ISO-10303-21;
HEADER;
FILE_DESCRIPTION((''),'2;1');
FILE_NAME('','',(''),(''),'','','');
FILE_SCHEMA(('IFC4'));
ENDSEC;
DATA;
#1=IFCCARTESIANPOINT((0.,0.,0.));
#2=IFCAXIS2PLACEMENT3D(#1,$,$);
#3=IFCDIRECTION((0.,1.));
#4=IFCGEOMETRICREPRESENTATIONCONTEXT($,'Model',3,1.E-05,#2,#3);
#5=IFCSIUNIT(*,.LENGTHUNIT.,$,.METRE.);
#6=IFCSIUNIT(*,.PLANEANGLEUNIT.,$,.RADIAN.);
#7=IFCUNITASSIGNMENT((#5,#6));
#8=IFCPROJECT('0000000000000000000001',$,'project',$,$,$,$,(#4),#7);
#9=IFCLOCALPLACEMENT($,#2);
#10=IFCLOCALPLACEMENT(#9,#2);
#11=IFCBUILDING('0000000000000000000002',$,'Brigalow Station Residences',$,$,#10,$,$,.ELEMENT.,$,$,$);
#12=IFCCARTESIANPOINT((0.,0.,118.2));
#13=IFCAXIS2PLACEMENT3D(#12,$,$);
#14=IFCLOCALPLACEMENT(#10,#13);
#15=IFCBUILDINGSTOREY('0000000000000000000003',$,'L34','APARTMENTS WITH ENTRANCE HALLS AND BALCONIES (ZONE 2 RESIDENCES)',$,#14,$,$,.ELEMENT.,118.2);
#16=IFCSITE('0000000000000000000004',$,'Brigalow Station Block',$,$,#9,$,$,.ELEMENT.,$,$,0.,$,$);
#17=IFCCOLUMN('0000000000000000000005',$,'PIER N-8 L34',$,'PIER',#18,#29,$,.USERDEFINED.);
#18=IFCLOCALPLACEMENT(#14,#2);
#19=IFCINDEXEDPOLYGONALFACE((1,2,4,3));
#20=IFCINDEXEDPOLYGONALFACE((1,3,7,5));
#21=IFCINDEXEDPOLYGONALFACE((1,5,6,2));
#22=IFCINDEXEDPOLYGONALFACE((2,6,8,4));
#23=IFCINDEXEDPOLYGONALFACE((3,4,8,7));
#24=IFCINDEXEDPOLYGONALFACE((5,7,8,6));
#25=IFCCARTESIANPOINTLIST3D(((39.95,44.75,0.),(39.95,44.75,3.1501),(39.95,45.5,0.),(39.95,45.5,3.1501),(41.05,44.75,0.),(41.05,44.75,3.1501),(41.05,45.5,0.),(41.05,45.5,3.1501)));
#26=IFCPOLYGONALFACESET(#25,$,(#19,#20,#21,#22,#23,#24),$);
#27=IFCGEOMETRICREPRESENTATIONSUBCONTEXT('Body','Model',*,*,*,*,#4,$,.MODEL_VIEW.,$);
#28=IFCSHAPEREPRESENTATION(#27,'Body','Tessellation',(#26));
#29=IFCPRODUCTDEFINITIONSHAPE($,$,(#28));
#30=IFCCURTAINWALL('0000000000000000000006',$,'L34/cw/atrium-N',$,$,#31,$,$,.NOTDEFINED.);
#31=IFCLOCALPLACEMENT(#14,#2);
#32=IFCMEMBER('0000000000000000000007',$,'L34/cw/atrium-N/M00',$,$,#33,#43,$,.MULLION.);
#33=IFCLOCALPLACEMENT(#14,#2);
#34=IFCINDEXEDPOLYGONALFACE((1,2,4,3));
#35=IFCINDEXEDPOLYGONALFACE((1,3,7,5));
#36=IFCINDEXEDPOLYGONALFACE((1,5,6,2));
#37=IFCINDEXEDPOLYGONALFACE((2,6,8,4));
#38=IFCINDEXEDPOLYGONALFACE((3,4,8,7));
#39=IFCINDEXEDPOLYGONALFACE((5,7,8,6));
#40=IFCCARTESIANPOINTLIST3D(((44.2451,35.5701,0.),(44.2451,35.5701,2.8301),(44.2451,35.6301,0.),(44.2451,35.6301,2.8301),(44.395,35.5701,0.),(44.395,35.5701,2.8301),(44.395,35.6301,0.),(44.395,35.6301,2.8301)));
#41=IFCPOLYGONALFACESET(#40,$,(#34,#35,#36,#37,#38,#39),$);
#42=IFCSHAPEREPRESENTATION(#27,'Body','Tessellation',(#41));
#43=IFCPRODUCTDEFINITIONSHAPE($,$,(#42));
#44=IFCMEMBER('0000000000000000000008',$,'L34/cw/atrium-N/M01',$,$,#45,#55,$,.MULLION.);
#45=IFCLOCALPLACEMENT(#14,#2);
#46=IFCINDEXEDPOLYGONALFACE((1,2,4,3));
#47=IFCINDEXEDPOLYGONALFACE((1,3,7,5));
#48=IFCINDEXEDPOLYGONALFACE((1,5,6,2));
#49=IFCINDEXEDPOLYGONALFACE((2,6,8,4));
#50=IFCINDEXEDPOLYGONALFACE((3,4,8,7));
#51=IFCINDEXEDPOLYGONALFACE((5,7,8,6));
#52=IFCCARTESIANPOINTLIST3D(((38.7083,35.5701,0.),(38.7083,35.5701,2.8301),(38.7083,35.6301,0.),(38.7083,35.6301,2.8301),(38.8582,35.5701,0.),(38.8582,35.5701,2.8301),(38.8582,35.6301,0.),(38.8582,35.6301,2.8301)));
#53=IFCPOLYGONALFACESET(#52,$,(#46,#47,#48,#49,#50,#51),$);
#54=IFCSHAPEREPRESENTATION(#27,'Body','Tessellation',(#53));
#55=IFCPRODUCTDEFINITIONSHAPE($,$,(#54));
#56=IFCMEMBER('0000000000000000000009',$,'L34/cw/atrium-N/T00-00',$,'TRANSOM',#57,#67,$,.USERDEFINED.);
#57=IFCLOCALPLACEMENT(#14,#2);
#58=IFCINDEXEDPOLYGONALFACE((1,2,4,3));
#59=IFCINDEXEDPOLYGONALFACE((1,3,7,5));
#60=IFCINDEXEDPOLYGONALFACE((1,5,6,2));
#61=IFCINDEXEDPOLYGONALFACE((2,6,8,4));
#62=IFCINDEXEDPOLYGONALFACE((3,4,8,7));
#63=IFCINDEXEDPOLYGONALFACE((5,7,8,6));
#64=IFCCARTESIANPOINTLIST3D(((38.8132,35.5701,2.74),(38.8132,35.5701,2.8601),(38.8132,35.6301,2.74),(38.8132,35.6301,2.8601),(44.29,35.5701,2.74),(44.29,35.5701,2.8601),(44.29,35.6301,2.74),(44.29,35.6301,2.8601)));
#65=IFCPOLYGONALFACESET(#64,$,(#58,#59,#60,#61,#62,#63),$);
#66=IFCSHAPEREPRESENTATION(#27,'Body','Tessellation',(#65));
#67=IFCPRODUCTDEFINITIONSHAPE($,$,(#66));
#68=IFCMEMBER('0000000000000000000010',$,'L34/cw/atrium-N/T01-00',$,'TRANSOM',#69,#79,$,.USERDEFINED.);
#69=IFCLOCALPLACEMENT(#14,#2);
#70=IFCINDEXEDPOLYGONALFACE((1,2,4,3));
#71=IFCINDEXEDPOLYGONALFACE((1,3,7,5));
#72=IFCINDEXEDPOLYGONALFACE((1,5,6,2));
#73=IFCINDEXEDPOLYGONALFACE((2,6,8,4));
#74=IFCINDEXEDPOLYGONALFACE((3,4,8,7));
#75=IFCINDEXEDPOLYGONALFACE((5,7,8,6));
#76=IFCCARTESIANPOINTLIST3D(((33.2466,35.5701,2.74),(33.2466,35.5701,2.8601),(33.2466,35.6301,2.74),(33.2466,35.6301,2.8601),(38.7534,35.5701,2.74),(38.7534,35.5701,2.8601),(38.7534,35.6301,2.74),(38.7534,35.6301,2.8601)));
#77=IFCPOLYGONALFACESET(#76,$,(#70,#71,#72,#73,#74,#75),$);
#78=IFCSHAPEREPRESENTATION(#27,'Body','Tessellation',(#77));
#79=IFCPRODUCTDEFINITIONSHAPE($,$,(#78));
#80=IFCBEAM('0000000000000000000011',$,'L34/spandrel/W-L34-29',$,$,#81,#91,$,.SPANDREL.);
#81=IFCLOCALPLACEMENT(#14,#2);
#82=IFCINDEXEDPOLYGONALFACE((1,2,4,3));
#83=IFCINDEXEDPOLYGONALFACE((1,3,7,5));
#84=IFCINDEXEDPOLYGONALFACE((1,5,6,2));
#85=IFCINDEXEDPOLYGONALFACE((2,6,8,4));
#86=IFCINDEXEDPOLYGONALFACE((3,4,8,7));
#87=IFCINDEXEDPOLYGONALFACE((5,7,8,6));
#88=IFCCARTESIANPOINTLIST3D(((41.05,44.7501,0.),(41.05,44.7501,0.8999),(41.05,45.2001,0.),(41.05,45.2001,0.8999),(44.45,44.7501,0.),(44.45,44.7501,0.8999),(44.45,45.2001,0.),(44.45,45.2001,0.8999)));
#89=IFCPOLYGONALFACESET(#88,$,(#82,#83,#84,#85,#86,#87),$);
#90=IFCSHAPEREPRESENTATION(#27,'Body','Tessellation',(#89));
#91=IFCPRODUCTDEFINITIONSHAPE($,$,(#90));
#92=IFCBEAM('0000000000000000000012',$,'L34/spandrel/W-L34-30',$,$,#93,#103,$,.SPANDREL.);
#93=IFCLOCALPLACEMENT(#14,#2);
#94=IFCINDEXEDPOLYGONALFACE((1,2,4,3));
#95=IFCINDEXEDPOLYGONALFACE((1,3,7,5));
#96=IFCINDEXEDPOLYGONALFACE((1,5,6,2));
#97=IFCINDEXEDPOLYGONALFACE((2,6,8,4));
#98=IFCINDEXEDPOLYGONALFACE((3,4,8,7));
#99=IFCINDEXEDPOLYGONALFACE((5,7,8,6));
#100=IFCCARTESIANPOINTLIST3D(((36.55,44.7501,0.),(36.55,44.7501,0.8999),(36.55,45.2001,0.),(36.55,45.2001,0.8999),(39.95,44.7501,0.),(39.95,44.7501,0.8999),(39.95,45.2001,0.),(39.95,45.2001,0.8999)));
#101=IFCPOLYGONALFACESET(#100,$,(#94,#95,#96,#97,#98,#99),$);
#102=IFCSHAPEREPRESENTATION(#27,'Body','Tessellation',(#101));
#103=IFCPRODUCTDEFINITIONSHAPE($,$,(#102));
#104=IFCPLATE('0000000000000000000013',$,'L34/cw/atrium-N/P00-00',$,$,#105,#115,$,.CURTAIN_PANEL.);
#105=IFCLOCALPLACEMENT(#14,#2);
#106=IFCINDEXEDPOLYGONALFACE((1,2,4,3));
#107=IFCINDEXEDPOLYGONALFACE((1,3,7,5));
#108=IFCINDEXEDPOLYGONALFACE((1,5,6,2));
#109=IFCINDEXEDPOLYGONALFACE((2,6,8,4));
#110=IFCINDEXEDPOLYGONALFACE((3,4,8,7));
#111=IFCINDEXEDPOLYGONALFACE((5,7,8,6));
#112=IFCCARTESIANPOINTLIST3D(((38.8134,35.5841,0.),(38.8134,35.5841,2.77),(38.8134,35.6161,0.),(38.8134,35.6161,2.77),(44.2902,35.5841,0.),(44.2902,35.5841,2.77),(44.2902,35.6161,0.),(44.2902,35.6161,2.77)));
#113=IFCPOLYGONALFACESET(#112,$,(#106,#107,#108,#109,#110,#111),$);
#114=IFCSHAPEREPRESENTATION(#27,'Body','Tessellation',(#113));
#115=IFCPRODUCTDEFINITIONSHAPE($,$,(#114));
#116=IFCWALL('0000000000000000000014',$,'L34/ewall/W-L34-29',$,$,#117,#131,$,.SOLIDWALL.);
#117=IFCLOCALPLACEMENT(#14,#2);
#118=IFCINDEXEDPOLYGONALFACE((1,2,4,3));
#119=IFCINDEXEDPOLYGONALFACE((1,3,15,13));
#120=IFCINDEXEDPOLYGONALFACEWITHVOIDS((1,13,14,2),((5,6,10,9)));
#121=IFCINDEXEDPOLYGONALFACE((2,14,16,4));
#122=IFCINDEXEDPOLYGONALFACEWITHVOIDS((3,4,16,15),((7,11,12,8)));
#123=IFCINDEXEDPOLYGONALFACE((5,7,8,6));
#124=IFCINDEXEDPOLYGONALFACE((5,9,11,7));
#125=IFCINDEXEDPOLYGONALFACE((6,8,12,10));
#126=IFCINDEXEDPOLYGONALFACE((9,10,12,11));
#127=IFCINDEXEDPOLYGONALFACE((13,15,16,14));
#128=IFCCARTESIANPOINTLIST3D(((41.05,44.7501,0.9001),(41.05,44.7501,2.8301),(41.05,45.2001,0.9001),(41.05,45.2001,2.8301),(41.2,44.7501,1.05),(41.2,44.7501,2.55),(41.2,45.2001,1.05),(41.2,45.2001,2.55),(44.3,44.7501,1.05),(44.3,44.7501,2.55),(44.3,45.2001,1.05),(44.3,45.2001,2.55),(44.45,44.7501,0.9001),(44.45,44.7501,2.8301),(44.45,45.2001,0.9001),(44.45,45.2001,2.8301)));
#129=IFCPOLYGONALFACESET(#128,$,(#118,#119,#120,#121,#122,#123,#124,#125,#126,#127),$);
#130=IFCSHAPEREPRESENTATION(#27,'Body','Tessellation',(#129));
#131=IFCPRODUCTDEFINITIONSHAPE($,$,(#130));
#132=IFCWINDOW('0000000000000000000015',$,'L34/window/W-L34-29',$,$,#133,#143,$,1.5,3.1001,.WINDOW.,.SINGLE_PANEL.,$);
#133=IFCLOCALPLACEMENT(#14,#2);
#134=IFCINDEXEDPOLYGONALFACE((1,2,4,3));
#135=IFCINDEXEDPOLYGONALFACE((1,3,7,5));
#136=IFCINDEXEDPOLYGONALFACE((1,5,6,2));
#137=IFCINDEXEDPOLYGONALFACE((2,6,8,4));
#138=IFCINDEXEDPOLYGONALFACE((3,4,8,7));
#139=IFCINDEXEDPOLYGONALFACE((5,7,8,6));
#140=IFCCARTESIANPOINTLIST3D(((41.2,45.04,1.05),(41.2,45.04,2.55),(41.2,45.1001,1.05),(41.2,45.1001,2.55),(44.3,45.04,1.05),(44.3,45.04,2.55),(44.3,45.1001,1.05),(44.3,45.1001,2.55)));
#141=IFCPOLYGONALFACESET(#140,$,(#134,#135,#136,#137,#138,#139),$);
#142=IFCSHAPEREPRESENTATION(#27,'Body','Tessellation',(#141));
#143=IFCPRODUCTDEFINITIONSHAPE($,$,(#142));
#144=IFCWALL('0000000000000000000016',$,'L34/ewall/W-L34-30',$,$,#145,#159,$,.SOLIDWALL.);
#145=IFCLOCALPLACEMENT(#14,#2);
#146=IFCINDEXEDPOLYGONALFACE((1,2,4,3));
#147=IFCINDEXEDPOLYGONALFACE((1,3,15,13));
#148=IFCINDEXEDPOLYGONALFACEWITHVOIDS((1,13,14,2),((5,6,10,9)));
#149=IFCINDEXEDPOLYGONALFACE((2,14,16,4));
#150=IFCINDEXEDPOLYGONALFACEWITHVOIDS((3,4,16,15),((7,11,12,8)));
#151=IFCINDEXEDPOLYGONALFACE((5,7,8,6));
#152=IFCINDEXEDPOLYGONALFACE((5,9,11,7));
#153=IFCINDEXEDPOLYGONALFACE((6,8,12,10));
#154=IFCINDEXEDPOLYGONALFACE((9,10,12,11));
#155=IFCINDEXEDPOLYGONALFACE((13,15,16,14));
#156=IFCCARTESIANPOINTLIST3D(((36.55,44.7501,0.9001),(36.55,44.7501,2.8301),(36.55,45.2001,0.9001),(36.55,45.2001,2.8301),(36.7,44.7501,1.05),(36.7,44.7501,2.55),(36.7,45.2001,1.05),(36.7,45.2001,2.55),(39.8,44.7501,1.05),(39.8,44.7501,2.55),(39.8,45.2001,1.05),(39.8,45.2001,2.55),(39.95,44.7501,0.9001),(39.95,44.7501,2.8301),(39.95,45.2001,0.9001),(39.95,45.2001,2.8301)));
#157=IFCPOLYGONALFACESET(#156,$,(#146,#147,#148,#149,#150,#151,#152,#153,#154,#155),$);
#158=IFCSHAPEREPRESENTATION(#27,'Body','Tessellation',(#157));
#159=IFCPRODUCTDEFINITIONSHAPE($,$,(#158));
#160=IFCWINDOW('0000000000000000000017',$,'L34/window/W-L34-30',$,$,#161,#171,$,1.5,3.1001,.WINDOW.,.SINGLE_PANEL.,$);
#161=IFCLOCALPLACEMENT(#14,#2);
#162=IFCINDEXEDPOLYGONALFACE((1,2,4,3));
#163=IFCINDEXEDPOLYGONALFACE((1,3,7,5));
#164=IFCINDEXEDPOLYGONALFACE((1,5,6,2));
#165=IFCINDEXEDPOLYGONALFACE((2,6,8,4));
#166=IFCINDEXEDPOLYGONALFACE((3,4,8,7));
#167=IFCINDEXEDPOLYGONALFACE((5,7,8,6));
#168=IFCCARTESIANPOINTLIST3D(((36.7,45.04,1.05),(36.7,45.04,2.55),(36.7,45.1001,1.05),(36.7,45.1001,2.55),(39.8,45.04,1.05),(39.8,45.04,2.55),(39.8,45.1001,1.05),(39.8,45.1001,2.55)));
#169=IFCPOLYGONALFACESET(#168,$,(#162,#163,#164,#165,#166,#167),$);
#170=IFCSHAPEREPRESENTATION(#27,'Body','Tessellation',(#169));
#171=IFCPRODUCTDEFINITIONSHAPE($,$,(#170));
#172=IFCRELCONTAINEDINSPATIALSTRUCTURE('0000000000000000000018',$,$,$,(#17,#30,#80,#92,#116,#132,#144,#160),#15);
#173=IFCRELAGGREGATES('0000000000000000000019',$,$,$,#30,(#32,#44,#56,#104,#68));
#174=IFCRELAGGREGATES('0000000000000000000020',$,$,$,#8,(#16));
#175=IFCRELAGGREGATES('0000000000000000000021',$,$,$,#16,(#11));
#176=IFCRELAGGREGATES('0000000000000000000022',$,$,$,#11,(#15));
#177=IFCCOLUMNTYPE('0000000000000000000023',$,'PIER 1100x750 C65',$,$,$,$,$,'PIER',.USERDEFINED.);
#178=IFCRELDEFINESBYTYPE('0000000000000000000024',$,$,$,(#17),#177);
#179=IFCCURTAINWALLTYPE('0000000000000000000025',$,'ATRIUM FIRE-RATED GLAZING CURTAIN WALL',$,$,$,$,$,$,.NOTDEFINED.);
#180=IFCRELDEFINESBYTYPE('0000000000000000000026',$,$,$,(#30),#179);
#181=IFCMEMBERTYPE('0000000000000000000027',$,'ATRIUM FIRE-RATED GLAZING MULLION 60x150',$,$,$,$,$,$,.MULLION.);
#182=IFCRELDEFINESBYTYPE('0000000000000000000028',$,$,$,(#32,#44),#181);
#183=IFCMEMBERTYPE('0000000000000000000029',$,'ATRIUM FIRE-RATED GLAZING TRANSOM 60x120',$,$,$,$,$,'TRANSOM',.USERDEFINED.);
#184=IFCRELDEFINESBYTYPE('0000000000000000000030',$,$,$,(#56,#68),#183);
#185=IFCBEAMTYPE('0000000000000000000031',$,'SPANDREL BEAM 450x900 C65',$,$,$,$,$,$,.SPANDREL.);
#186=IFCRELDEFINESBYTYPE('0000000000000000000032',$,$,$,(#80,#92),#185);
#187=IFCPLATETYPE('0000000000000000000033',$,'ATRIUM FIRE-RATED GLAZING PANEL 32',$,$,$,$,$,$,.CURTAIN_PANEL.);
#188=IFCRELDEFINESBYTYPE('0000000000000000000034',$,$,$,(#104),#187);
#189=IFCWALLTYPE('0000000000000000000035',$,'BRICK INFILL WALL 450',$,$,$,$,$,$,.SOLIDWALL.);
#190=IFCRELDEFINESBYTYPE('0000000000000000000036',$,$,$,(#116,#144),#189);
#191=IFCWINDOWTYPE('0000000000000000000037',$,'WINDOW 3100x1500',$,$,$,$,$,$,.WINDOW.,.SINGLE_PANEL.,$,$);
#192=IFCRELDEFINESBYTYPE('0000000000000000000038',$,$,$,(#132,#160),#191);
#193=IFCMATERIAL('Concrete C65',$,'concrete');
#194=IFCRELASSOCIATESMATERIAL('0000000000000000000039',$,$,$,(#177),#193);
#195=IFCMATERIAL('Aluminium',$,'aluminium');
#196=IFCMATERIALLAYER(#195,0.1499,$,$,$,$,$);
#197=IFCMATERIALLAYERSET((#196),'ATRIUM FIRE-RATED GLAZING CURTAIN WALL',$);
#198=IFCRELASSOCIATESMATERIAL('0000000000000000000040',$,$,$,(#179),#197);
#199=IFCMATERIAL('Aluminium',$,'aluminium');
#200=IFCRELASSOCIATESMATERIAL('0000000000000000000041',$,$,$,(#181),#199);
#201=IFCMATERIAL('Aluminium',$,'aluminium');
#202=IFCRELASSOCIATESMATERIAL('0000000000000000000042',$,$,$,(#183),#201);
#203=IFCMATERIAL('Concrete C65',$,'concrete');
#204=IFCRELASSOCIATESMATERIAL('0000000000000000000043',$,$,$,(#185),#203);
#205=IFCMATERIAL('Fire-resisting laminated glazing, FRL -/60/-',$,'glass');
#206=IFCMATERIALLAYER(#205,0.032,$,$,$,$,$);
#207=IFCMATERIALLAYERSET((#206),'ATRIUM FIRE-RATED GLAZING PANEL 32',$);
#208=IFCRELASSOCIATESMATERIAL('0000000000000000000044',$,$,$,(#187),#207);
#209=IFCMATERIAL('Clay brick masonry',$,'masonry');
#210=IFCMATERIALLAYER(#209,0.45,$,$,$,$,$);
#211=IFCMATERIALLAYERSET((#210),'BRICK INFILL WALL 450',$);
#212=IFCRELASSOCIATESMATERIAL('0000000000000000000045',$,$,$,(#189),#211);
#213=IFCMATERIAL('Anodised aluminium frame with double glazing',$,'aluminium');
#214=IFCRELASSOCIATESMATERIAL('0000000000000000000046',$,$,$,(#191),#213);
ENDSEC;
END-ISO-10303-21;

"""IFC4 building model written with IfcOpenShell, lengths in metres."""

from ifc_helpers import new_model, si_unit, direction, frame, frame_2d, origin, origin_2d, place, context, subcontext, project, spatial, rectangle, extrude, material, layer, layer_set, material_profile, profile_set, type_object, element, fill, aggregate, save


model = new_model("IFC4")

# Units and contexts
model_context = context("Model", 3, precision=1e-05, world=origin(), true_north=direction((0.0, 1.0)))
body_context = subcontext(model_context, "Body", "Model", "MODEL_VIEW")
ifc_project = project(units=[si_unit("LENGTHUNIT", "METRE"), si_unit("PLANEANGLEUNIT", "RADIAN")], contexts=[model_context])

# Site, building, storey
site_placement = place(None, origin())
site = spatial("IfcSite", under=ifc_project, at=site_placement, Name="Brigalow Station Block", CompositionType="ELEMENT", RefElevation=0.0)
building_placement = place(site_placement, origin())
building = spatial("IfcBuilding", under=site, at=building_placement, Name="Brigalow Station Residences", CompositionType="ELEMENT")
storey_placement = place(building_placement, frame((0.0, 0.0, 118.2)))
storey = spatial("IfcBuildingStorey", under=building, at=storey_placement, Name="L34", Description="APARTMENTS WITH ENTRANCE HALLS AND BALCONIES (ZONE 2 RESIDENCES)", CompositionType="ELEMENT", Elevation=118.2)

# Column
ifc_material_1 = material(Name="Concrete C65", Category="concrete")
ifc_material_profile_1 = material_profile(ifc_material_1, rectangle(XDim=1.1001, YDim=0.75, at=origin_2d()), Name="RC1100x750")
ifc_profile_set_1 = profile_set([ifc_material_profile_1], Name="Concrete C65")
column_type = type_object("IfcColumnType", Name="PIER 1100x750 C65", ElementType="PIER", PredefinedType="USERDEFINED", material=ifc_profile_set_1)
column_placement = place(storey_placement, frame((40.5, 45.125, 0.0), z_axis=(0.0, 0.0, 1.0), x_axis=(-1.0, 0.0, 0.0)))
element("IfcColumn", 1, at=column_placement, inside=storey, type_object=column_type, Name="PIER N-8 L34", ObjectType="PIER", PredefinedType="USERDEFINED", context=body_context, shape_type="SweptSolid", body=[
    extrude(rectangle(XDim=1.1001, YDim=0.75, at=origin_2d()), origin(), (0.0, 0.0, 1.0), 3.1501),
])

# Curtain wall, members
ifc_material_2 = material(Name="Aluminium", Category="aluminium")
ifc_layer_1 = layer(ifc_material_2, 0.1499)
ifc_layer_set_1 = layer_set([ifc_layer_1], Name="ATRIUM FIRE-RATED GLAZING CURTAIN WALL")
curtain_wall_type = type_object("IfcCurtainWallType", Name="ATRIUM FIRE-RATED GLAZING CURTAIN WALL", PredefinedType="NOTDEFINED", material=ifc_layer_set_1)
curtain_wall_placement = place(storey_placement, origin())
curtain_wall = element("IfcCurtainWall", 2, at=curtain_wall_placement, inside=storey, type_object=curtain_wall_type, Name="L34/cw/atrium-N", PredefinedType="NOTDEFINED")
ifc_material_3 = material(Name="Aluminium", Category="aluminium")
ifc_material_profile_2 = material_profile(ifc_material_3, rectangle(XDim=0.0601, YDim=0.1499, at=origin_2d()), Name="ATRIUM FIRE-RATED GLAZING MULLION 60x150")
ifc_profile_set_2 = profile_set([ifc_material_profile_2], Name="Aluminium")
member_type_1 = type_object("IfcMemberType", Name="ATRIUM FIRE-RATED GLAZING MULLION 60x150", PredefinedType="MULLION", material=ifc_profile_set_2)
member_1_placement = place(storey_placement, frame((44.3201, 35.6001, 0.0), z_axis=(0.0, 0.0, 1.0), x_axis=(0.0, -1.0, 0.0)))
member_1 = element("IfcMember", 3, at=member_1_placement, type_object=member_type_1, Name="L34/cw/atrium-N/M00", PredefinedType="MULLION", context=body_context, shape_type="SweptSolid", body=[
    extrude(rectangle(XDim=0.0601, YDim=0.1499, at=origin_2d()), origin(), (0.0, 0.0, 1.0), 2.8301),
])
member_2_placement = place(storey_placement, frame((38.7832, 35.6001, 0.0), z_axis=(0.0, 0.0, 1.0), x_axis=(0.0, -1.0, 0.0)))
member_2 = element("IfcMember", 4, at=member_2_placement, type_object=member_type_1, Name="L34/cw/atrium-N/M01", PredefinedType="MULLION", context=body_context, shape_type="SweptSolid", body=[
    extrude(rectangle(XDim=0.0601, YDim=0.1499, at=origin_2d()), origin(), (0.0, 0.0, 1.0), 2.8301),
])
ifc_material_4 = material(Name="Aluminium", Category="aluminium")
ifc_material_profile_3 = material_profile(ifc_material_4, rectangle(XDim=0.0601, YDim=0.1201, at=origin_2d()), Name="ATRIUM FIRE-RATED GLAZING TRANSOM 60x120")
ifc_profile_set_3 = profile_set([ifc_material_profile_3], Name="Aluminium")
member_type_2 = type_object("IfcMemberType", Name="ATRIUM FIRE-RATED GLAZING TRANSOM 60x120", ElementType="TRANSOM", PredefinedType="USERDEFINED", material=ifc_profile_set_3)
member_3_placement = place(storey_placement, frame((44.29, 35.6001, 2.8), z_axis=(-1.0, 0.0, 0.0), x_axis=(0.0, -1.0, 0.0)))
member_3 = element("IfcMember", 5, at=member_3_placement, type_object=member_type_2, Name="L34/cw/atrium-N/T00-00", ObjectType="TRANSOM", PredefinedType="USERDEFINED", context=body_context, shape_type="SweptSolid", body=[
    extrude(rectangle(XDim=0.0601, YDim=0.1201, at=origin_2d()), origin(), (0.0, 0.0, 1.0), 5.4768),
])
member_4_placement = place(storey_placement, frame((38.7534, 35.6001, 2.8), z_axis=(-1.0, 0.0, 0.0), x_axis=(0.0, -1.0, 0.0)))
member_4 = element("IfcMember", 6, at=member_4_placement, type_object=member_type_2, Name="L34/cw/atrium-N/T01-00", ObjectType="TRANSOM", PredefinedType="USERDEFINED", context=body_context, shape_type="SweptSolid", body=[
    extrude(rectangle(XDim=0.0601, YDim=0.1201, at=origin_2d()), origin(), (0.0, 0.0, 1.0), 5.5068),
])

# Beams
ifc_material_5 = material(Name="Concrete C65", Category="concrete")
ifc_material_profile_4 = material_profile(ifc_material_5, rectangle(XDim=0.45, YDim=0.8999, at=origin_2d()), Name="RC450x900")
ifc_profile_set_4 = profile_set([ifc_material_profile_4], Name="Concrete C65")
beam_type = type_object("IfcBeamType", Name="SPANDREL BEAM 450x900 C65", PredefinedType="SPANDREL", material=ifc_profile_set_4)
for number, where, z_axis, x_axis, name in (
    (7, (44.45, 44.9751, 0.45), (-1.0, 0.0, 0.0), (0.0, -1.0, 0.0), "L34/spandrel/W-L34-29"),
    (8, (39.95, 44.9751, 0.45), (-1.0, 0.0, 0.0), (0.0, -1.0, 0.0), "L34/spandrel/W-L34-30"),
):
    element("IfcBeam", number, at=place(storey_placement, frame(where, z_axis=z_axis, x_axis=x_axis)), inside=storey, type_object=beam_type, Name=name, PredefinedType="SPANDREL", context=body_context, shape_type="SweptSolid", body=[
        extrude(rectangle(XDim=0.45, YDim=0.8999, at=origin_2d()), origin(), (0.0, 0.0, 1.0), 3.3999),
    ])

# Plate
ifc_material_6 = material(Name="Fire-resisting laminated glazing, FRL -/60/-", Category="glass")
ifc_layer_2 = layer(ifc_material_6, 0.032)
ifc_layer_set_2 = layer_set([ifc_layer_2], Name="ATRIUM FIRE-RATED GLAZING PANEL 32")
plate_type = type_object("IfcPlateType", Name="ATRIUM FIRE-RATED GLAZING PANEL 32", PredefinedType="CURTAIN_PANEL", material=ifc_layer_set_2)
plate_placement = place(storey_placement, frame((41.5518, 35.6001, 0.0), z_axis=(0.0, 0.0, 1.0), x_axis=(-1.0, 0.0, 0.0)))
plate = element("IfcPlate", 9, at=plate_placement, type_object=plate_type, Name="L34/cw/atrium-N/P00-00", PredefinedType="CURTAIN_PANEL", context=body_context, shape_type="SweptSolid", body=[
    extrude(rectangle(XDim=5.4768, YDim=0.032, at=origin_2d()), origin(), (0.0, 0.0, 1.0), 2.77),
])
aggregate(curtain_wall, [member_1, member_2, member_3, plate, member_4])

# Walls, openings, windows
ifc_material_7 = material(Name="Clay brick masonry", Category="masonry")
ifc_layer_3 = layer(ifc_material_7, 0.45)
ifc_layer_set_3 = layer_set([ifc_layer_3], Name="BRICK INFILL WALL 450")
wall_type = type_object("IfcWallType", Name="BRICK INFILL WALL 450", PredefinedType="SOLIDWALL", material=ifc_layer_set_3)
wall_1_placement = place(storey_placement, frame((44.45, 44.9751, 0.9001), z_axis=(0.0, 0.0, 1.0), x_axis=(-1.0, 0.0, 0.0)))
wall_1 = element("IfcWall", 10, at=wall_1_placement, inside=storey, type_object=wall_type, Name="L34/ewall/W-L34-29", PredefinedType="SOLIDWALL", context=body_context, shape_type="SweptSolid", body=[
    extrude(rectangle(XDim=3.3999, YDim=0.45, at=frame_2d((1.7, 0.0))), origin(), (0.0, 0.0, 1.0), 1.9299),
])
opening_1_placement = place(wall_1_placement, frame((0.1499, 0.0, 0.1499)))
opening_1 = element("IfcOpeningElement", 11, at=opening_1_placement, cuts=wall_1, PredefinedType="OPENING", context=body_context, shape_type="SweptSolid", body=[
    extrude(rectangle(XDim=3.1001, YDim=1.5, at=frame_2d((1.55, 0.75))), frame((0.0, 0.2349, 0.0), z_axis=(0.0, -1.0, 0.0), x_axis=(1.0, 0.0, 0.0)), (0.0, 0.0, 1.0), 0.47),
])
ifc_material_8 = material(Name="Anodised aluminium frame with double glazing", Category="aluminium")
window_type = type_object("IfcWindowType", Name="WINDOW 3100x1500", PartitioningType="SINGLE_PANEL", PredefinedType="WINDOW", material=ifc_material_8)
window_1_placement = place(opening_1_placement, origin())
window_1 = element("IfcWindow", 12, at=window_1_placement, inside=storey, type_object=window_type, Name="L34/window/W-L34-29", OverallHeight=1.5, OverallWidth=3.1001, PartitioningType="SINGLE_PANEL", PredefinedType="WINDOW", context=body_context, shape_type="SweptSolid", body=[
    extrude(rectangle(XDim=3.1001, YDim=1.5, at=frame_2d((1.55, 0.75))), frame((0.0, -0.0649, 0.0), z_axis=(0.0, -1.0, 0.0), x_axis=(1.0, 0.0, 0.0)), (0.0, 0.0, 1.0), 0.0601),
])
fill(opening_1, window_1)
wall_2_placement = place(storey_placement, frame((39.95, 44.9751, 0.9001), z_axis=(0.0, 0.0, 1.0), x_axis=(-1.0, 0.0, 0.0)))
wall_2 = element("IfcWall", 13, at=wall_2_placement, inside=storey, type_object=wall_type, Name="L34/ewall/W-L34-30", PredefinedType="SOLIDWALL", context=body_context, shape_type="SweptSolid", body=[
    extrude(rectangle(XDim=3.3999, YDim=0.45, at=frame_2d((1.7, 0.0))), origin(), (0.0, 0.0, 1.0), 1.9299),
])
opening_2_placement = place(wall_2_placement, frame((0.1499, 0.0, 0.1499)))
opening_2 = element("IfcOpeningElement", 14, at=opening_2_placement, cuts=wall_2, PredefinedType="OPENING", context=body_context, shape_type="SweptSolid", body=[
    extrude(rectangle(XDim=3.1001, YDim=1.5, at=frame_2d((1.55, 0.75))), frame((0.0, 0.2349, 0.0), z_axis=(0.0, -1.0, 0.0), x_axis=(1.0, 0.0, 0.0)), (0.0, 0.0, 1.0), 0.47),
])
window_2_placement = place(opening_2_placement, origin())
window_2 = element("IfcWindow", 15, at=window_2_placement, inside=storey, type_object=window_type, Name="L34/window/W-L34-30", OverallHeight=1.5, OverallWidth=3.1001, PartitioningType="SINGLE_PANEL", PredefinedType="WINDOW", context=body_context, shape_type="SweptSolid", body=[
    extrude(rectangle(XDim=3.1001, YDim=1.5, at=frame_2d((1.55, 0.75))), frame((0.0, -0.0649, 0.0), z_axis=(0.0, -1.0, 0.0), x_axis=(1.0, 0.0, 0.0)), (0.0, 0.0, 1.0), 0.0601),
])
fill(opening_2, window_2)

save(model, "model.ifc")
